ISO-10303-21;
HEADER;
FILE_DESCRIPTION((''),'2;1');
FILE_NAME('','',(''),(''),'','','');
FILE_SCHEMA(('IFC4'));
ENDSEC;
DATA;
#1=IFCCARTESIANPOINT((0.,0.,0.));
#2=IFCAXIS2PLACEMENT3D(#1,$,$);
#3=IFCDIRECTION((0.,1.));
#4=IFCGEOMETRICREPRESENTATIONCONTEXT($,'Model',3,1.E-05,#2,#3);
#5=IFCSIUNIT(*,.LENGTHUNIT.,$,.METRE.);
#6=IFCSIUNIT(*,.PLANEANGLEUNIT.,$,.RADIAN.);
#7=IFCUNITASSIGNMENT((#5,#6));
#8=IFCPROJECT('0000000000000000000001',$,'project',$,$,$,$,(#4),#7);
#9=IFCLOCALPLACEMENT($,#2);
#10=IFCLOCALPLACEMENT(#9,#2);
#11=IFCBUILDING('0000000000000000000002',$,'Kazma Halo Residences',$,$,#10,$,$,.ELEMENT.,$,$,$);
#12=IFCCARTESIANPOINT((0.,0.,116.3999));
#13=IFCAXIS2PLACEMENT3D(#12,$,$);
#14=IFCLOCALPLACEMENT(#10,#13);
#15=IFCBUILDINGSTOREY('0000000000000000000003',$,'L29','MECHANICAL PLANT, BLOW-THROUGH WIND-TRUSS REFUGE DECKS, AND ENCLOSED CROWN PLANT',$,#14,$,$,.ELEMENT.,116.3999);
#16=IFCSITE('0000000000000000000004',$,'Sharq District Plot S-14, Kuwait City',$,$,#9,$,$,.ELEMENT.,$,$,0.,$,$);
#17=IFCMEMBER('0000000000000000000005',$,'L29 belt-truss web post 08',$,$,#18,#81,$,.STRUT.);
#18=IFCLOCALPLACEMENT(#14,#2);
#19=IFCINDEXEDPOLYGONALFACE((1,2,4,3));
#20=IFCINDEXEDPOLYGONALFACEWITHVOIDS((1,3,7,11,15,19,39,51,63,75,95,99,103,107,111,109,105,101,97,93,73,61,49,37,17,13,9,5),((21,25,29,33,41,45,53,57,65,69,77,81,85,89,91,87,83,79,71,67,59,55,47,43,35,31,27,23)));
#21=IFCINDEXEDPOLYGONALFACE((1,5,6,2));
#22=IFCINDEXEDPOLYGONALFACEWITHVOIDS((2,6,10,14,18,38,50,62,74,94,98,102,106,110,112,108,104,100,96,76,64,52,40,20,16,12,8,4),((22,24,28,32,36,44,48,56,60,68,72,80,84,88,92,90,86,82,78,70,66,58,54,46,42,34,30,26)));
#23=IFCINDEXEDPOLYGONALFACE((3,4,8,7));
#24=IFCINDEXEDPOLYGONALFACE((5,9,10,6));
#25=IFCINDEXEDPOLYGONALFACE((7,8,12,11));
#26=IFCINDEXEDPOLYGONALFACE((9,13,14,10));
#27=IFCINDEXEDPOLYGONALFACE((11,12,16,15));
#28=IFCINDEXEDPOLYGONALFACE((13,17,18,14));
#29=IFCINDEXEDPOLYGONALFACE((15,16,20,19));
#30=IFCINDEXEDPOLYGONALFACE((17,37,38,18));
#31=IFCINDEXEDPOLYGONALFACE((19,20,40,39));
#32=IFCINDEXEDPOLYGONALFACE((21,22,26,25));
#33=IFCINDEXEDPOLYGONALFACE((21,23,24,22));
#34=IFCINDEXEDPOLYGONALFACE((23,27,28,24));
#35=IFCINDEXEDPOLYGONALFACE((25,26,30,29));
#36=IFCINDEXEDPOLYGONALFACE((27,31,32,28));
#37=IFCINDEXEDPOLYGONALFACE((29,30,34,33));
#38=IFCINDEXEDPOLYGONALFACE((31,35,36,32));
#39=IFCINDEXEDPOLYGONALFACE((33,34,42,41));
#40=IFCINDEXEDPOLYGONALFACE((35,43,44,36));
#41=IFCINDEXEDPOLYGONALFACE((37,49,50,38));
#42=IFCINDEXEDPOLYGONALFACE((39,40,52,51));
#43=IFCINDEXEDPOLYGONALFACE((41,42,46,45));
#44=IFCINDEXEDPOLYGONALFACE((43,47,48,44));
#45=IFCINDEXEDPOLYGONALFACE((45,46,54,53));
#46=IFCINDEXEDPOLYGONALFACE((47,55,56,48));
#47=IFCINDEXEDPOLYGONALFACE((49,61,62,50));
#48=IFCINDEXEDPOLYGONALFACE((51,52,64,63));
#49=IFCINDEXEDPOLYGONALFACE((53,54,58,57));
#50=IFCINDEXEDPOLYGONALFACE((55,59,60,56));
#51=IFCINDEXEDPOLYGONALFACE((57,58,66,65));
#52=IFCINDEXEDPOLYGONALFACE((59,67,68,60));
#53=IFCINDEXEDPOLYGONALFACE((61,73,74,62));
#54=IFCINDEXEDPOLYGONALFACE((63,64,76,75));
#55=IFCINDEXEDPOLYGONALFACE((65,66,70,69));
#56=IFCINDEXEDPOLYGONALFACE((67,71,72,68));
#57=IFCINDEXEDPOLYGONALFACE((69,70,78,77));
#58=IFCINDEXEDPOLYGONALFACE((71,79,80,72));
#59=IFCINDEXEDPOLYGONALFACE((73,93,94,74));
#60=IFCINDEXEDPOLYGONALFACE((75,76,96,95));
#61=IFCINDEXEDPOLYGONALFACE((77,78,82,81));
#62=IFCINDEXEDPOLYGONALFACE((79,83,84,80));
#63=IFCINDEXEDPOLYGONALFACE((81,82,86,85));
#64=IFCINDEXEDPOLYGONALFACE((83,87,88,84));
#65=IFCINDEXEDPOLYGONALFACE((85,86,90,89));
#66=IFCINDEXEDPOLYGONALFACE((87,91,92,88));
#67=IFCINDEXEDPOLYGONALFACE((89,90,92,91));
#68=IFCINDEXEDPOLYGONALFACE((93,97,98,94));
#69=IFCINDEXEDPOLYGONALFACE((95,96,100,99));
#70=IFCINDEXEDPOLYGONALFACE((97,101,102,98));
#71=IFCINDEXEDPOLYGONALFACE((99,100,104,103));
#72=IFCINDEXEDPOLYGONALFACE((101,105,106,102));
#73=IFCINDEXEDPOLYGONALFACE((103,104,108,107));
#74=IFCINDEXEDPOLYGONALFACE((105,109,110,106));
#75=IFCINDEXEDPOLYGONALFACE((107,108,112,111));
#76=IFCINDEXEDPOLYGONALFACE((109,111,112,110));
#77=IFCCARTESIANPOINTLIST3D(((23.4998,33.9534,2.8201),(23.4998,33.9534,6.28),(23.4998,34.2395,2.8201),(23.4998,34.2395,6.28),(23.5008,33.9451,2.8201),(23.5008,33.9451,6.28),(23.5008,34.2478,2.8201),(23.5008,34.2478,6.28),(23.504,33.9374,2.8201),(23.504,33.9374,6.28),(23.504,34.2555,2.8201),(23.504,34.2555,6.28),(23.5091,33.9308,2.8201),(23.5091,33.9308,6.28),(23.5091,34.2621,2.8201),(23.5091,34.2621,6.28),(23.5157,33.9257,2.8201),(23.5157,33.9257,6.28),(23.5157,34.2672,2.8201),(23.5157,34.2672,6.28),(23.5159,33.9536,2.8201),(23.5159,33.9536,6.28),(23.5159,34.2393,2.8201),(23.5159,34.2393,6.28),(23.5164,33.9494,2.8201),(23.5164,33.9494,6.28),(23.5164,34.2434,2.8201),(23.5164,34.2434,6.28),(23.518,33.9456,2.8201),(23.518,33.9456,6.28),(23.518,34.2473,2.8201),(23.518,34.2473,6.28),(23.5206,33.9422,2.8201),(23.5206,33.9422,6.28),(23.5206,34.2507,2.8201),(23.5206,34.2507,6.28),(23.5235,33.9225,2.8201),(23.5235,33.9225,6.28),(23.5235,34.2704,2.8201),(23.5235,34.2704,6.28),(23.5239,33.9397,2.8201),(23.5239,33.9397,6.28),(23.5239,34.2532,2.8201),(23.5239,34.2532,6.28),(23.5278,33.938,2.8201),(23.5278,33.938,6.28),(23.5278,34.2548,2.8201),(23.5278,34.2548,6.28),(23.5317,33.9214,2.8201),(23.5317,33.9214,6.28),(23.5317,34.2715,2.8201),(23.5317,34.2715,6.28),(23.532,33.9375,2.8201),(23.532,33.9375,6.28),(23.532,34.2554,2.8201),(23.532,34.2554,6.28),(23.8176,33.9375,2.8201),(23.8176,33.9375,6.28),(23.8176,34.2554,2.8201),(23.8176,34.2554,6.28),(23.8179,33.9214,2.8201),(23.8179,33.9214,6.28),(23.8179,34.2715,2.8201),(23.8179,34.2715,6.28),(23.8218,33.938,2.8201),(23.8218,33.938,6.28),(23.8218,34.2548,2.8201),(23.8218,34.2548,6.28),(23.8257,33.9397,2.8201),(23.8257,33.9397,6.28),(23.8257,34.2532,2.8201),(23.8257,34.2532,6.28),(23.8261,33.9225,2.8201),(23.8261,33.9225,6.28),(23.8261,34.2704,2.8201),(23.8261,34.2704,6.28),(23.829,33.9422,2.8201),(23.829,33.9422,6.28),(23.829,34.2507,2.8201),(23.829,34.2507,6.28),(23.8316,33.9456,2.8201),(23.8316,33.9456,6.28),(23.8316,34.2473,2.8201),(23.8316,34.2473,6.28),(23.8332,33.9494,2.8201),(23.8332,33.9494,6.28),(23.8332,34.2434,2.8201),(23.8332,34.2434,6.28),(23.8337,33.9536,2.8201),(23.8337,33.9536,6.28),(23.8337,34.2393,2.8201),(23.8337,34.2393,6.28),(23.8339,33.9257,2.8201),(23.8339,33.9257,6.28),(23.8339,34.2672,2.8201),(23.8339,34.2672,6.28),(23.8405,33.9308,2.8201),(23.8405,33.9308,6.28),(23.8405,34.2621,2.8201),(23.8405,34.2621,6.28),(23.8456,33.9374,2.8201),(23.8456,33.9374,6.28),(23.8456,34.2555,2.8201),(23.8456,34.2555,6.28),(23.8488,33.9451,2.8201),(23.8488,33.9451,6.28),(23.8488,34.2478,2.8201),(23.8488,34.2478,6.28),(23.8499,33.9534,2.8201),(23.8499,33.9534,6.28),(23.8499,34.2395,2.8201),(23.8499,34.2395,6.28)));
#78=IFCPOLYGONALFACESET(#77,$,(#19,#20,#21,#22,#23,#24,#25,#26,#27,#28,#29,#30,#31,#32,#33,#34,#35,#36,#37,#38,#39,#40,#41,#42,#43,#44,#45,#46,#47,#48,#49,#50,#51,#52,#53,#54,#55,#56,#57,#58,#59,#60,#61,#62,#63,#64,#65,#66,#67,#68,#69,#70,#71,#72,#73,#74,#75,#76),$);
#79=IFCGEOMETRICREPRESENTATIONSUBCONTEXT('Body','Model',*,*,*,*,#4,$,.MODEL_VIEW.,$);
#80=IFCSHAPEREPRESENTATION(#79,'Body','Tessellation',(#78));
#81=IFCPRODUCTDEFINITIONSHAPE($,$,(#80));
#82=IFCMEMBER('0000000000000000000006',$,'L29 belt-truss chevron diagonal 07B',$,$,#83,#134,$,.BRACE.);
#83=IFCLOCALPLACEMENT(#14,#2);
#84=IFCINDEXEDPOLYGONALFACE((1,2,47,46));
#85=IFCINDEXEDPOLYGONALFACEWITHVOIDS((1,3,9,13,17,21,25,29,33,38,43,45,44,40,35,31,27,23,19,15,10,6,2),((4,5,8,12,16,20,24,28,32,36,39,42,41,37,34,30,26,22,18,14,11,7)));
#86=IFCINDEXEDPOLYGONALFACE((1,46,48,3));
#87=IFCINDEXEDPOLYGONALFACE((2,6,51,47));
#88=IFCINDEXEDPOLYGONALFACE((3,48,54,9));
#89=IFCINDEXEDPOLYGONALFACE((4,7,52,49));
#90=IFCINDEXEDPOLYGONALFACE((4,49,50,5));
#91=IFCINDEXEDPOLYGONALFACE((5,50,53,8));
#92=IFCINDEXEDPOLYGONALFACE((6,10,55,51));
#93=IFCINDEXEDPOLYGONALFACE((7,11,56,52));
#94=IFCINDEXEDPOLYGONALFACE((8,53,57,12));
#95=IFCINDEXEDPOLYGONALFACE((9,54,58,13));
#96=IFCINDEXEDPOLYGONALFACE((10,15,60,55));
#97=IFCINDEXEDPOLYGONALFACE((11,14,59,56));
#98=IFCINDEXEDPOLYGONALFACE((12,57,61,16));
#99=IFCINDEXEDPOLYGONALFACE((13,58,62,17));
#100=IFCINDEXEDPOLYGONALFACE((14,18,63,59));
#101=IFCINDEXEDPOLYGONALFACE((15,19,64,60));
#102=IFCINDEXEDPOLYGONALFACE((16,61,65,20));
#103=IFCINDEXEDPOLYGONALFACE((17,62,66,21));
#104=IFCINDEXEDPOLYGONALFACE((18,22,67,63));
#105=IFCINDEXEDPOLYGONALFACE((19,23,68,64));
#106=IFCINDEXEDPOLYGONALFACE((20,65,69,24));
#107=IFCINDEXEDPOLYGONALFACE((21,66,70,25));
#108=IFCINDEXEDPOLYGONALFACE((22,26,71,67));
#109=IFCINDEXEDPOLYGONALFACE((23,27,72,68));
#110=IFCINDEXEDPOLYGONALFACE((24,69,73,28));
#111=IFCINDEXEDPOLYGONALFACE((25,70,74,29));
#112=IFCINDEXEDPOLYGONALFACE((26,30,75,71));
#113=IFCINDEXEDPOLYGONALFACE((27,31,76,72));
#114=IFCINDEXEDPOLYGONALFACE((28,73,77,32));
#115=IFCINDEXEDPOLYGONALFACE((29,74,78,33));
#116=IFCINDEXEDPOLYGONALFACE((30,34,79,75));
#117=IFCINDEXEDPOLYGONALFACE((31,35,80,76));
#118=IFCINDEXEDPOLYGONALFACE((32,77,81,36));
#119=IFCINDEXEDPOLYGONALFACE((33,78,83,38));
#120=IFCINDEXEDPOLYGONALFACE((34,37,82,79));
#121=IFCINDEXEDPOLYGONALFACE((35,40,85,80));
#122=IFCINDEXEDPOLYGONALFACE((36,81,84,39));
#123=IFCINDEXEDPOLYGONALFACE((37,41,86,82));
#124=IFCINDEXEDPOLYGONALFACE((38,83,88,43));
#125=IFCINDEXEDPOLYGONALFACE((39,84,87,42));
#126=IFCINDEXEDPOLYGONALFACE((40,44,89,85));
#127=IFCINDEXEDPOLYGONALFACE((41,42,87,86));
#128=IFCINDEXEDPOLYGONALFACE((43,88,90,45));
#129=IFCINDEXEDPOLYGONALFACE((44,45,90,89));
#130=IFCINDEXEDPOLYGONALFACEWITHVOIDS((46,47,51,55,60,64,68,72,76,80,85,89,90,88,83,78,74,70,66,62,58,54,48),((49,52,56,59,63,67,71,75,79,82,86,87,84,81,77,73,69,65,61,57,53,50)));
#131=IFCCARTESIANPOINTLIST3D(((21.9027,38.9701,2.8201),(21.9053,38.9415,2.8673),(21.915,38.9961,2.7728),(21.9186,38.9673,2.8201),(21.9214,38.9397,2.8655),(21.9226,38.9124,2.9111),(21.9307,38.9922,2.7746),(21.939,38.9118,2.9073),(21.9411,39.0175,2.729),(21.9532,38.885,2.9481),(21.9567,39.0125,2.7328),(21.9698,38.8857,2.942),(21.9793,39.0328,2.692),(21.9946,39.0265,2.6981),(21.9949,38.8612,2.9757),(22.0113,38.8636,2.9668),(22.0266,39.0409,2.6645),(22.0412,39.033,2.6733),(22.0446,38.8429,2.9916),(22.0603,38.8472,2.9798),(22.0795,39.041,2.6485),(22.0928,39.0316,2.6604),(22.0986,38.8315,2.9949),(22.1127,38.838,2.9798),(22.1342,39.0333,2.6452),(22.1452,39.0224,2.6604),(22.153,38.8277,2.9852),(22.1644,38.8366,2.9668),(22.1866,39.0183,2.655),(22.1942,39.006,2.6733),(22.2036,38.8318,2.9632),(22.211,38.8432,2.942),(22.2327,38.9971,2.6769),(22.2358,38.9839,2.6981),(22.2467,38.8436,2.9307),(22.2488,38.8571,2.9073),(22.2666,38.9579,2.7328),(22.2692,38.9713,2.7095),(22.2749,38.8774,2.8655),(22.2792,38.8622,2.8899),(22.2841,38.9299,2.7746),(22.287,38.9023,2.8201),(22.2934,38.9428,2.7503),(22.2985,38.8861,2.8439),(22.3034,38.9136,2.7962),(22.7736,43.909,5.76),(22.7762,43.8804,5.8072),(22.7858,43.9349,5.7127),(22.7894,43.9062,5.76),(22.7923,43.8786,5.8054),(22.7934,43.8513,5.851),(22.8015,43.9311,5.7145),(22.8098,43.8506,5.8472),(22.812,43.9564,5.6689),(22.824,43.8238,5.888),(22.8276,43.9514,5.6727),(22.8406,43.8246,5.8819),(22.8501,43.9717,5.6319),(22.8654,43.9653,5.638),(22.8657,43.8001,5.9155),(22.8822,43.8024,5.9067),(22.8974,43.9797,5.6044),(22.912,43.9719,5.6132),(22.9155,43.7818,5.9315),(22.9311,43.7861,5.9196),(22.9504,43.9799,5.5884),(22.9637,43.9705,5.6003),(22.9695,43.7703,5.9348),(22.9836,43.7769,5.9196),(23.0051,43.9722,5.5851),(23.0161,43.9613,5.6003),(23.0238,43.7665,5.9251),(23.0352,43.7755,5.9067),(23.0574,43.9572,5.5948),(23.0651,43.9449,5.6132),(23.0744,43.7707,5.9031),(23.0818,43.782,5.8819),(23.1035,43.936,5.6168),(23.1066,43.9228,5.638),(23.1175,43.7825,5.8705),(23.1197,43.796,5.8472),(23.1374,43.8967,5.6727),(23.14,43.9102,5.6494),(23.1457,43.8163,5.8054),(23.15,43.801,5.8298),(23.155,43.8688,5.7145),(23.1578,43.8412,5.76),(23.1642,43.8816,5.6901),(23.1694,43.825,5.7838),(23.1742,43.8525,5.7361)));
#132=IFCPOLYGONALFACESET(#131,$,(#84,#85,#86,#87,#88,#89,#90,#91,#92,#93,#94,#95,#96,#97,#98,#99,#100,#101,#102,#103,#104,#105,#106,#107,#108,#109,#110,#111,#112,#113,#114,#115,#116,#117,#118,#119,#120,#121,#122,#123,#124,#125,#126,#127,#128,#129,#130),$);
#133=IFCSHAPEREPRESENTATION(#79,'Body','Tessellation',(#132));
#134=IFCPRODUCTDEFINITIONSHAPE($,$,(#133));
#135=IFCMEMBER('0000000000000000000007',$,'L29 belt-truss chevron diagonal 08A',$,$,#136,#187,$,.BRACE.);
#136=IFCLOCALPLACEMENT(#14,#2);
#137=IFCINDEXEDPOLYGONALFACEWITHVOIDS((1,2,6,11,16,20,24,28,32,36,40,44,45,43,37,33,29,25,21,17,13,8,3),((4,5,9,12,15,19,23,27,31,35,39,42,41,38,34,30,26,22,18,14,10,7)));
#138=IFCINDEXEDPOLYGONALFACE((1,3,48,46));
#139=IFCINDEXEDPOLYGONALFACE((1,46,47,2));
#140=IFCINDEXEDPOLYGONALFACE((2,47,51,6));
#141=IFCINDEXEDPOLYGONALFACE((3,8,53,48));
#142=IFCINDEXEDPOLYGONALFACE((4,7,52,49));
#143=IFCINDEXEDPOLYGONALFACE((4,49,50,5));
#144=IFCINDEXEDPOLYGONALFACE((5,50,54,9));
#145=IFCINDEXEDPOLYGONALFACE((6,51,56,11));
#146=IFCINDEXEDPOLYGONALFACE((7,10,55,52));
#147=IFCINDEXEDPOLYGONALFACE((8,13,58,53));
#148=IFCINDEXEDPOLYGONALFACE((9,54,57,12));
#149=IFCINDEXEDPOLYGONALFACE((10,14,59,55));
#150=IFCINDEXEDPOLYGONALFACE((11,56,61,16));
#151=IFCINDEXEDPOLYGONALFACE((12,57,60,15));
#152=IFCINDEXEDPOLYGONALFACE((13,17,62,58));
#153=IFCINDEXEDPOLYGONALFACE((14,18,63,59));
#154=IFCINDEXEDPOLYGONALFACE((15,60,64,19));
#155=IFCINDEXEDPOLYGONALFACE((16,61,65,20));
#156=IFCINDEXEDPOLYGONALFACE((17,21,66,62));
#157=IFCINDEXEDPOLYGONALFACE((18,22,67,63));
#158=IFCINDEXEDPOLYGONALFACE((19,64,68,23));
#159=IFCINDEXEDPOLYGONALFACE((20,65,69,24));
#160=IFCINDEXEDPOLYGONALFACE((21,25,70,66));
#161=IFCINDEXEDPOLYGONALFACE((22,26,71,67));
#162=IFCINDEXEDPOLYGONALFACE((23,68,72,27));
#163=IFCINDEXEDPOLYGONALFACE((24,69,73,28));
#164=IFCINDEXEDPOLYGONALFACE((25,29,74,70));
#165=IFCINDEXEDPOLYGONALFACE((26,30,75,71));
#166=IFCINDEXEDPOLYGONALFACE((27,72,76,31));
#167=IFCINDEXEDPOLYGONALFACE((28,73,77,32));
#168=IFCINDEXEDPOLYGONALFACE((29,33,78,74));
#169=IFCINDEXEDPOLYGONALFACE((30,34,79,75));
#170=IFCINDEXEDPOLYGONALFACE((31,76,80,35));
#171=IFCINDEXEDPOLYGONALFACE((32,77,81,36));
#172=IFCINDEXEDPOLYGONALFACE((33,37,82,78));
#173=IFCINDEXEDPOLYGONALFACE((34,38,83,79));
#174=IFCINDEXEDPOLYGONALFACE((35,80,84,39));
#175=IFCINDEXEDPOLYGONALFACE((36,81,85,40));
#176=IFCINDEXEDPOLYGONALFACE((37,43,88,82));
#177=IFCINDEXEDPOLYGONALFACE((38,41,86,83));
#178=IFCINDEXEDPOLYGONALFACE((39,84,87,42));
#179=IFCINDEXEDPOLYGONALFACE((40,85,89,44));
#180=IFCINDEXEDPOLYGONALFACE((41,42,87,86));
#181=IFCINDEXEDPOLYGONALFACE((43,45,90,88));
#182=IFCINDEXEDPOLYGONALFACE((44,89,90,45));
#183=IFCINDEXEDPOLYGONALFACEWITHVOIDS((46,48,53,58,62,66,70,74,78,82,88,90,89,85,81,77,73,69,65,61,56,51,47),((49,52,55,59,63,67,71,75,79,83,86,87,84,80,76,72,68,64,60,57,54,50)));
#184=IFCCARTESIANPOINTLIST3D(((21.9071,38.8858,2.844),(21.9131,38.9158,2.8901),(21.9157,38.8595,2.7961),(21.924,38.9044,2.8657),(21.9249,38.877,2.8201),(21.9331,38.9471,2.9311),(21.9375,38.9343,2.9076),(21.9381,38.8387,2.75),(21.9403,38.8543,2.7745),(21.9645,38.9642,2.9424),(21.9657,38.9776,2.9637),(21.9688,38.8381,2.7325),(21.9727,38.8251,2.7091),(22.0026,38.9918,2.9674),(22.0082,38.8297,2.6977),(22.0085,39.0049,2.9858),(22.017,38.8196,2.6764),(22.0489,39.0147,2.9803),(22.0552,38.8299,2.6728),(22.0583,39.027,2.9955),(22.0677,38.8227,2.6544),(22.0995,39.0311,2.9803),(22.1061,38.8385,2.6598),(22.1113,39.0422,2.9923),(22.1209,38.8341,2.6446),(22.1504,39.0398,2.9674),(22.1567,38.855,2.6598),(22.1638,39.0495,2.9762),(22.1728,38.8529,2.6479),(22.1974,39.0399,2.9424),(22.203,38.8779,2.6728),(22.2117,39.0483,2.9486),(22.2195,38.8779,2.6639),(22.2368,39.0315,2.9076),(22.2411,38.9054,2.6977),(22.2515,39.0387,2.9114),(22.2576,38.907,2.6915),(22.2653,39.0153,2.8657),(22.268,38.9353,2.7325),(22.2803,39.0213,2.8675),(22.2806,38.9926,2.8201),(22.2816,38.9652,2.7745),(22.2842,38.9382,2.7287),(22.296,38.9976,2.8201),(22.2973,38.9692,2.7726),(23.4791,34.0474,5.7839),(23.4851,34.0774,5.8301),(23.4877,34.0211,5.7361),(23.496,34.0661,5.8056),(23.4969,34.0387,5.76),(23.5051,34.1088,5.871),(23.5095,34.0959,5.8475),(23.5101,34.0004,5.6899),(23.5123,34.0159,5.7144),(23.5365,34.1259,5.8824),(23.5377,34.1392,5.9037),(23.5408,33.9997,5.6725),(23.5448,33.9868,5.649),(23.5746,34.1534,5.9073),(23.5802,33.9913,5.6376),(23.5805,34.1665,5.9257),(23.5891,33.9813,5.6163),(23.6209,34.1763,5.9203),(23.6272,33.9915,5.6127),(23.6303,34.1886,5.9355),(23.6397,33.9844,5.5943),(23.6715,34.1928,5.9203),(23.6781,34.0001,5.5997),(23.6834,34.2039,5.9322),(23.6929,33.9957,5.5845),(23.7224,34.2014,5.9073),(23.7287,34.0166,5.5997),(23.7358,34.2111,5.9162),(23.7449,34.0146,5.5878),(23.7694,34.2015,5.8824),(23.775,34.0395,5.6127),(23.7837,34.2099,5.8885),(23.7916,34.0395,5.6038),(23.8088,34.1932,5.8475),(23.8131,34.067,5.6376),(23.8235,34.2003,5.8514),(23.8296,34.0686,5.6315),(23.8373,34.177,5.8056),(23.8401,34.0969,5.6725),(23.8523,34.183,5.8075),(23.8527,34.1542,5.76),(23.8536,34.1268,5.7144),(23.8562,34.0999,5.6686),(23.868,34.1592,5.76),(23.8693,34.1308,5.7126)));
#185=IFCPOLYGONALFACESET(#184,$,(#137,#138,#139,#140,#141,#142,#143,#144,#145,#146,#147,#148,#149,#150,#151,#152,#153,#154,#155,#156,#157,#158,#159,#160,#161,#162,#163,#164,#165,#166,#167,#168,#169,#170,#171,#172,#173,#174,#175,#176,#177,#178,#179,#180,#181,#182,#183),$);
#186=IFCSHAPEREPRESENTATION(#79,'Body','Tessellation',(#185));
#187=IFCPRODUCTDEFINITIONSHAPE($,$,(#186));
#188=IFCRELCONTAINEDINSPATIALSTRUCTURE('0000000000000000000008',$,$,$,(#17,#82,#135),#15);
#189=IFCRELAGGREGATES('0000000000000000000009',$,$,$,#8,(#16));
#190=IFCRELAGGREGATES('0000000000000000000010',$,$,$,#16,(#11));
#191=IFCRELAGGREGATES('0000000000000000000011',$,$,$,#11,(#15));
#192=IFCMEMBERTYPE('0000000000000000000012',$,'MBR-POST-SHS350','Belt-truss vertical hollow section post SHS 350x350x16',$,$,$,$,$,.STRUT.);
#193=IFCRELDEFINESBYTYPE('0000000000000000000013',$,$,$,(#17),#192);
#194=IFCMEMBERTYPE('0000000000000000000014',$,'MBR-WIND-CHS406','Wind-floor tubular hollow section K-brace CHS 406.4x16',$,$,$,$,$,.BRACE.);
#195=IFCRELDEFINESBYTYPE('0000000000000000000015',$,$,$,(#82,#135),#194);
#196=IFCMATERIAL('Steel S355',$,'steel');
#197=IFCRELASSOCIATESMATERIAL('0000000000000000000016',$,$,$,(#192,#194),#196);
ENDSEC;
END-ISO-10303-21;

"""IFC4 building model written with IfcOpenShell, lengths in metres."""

from ifc_helpers import new_model, si_unit, direction, frame, origin, origin_2d, place, context, subcontext, project, spatial, hollow_rectangle, hollow_circle, extrude, material, material_profile, profile_set, type_object, element, save


model = new_model("IFC4")

# Units and contexts
model_context = context("Model", 3, precision=1e-05, world=origin(), true_north=direction((0.0, 1.0)))
body_context = subcontext(model_context, "Body", "Model", "MODEL_VIEW")
ifc_project = project(units=[si_unit("LENGTHUNIT", "METRE"), si_unit("PLANEANGLEUNIT", "RADIAN")], contexts=[model_context])

# Site, building, storey
site_placement = place(None, origin())
site = spatial("IfcSite", under=ifc_project, at=site_placement, Name="Sharq District Plot S-14, Kuwait City", CompositionType="ELEMENT", RefElevation=0.0)
building_placement = place(site_placement, origin())
building = spatial("IfcBuilding", under=site, at=building_placement, Name="Kazma Halo Residences", CompositionType="ELEMENT")
storey_placement = place(building_placement, frame((0.0, 0.0, 116.3999)))
storey = spatial("IfcBuildingStorey", under=building, at=storey_placement, Name="L29", Description="MECHANICAL PLANT, BLOW-THROUGH WIND-TRUSS REFUGE DECKS, AND ENCLOSED CROWN PLANT", CompositionType="ELEMENT", Elevation=116.3999)

# Shared definitions
ifc_material_1 = material(Name="Steel S355", Category="steel")

# Members
ifc_material_profile_1 = material_profile(ifc_material_1, hollow_rectangle(XDim=0.3501, YDim=0.3501, WallThickness=0.0161, InnerFilletRadius=0.0161, OuterFilletRadius=0.032, at=origin_2d()), Name="SHS350x350x16")
ifc_profile_set_1 = profile_set([ifc_material_profile_1], Name="Steel S355")
member_type_1 = type_object("IfcMemberType", Name="MBR-POST-SHS350", Description="Belt-truss vertical hollow section post SHS 350x350x16", PredefinedType="STRUT", material=ifc_profile_set_1)
member_1_placement = place(storey_placement, frame((23.6748, 34.0964, 2.8201), z_axis=(0.0, 0.0, 1.0), x_axis=(1.0, 0.0, 0.0)))
element("IfcMember", 1, at=member_1_placement, inside=storey, type_object=member_type_1, Name="L29 belt-truss web post 08", PredefinedType="STRUT", context=body_context, shape_type="SweptSolid", body=[
    extrude(hollow_rectangle(XDim=0.3501, YDim=0.3501, WallThickness=0.0161, InnerFilletRadius=0.0161, OuterFilletRadius=0.032, at=origin_2d()), origin(), (0.0, 0.0, 1.0), 3.46),
])
ifc_material_profile_2 = material_profile(ifc_material_1, hollow_circle(Radius=0.2031, WallThickness=0.0161, at=origin_2d()), Name="CHS406.4x16")
ifc_profile_set_2 = profile_set([ifc_material_profile_2], Name="Steel S355")
member_type_2 = type_object("IfcMemberType", Name="MBR-WIND-CHS406", Description="Wind-floor tubular hollow section K-brace CHS 406.4x16", PredefinedType="BRACE", material=ifc_profile_set_2)
member_2_placement = place(storey_placement, frame((22.1028, 38.9348, 2.8201), z_axis=(0.149802, 0.849591, 0.505723), x_axis=(-0.984809, 0.173644, 0.0)))
element("IfcMember", 2, at=member_2_placement, inside=storey, type_object=member_type_2, Name="L29 belt-truss chevron diagonal 07B", PredefinedType="BRACE", context=body_context, shape_type="SweptSolid", body=[
    extrude(hollow_circle(Radius=0.2031, WallThickness=0.0161, at=origin_2d()), origin(), (0.0, 0.0, 1.0), 5.8132),
])
member_3_placement = place(storey_placement, frame((22.1028, 38.9348, 2.8201), z_axis=(0.267544, -0.823449, 0.500352), x_axis=(0.95106, 0.309006, 0.0)))
element("IfcMember", 3, at=member_3_placement, inside=storey, type_object=member_type_2, Name="L29 belt-truss chevron diagonal 08A", PredefinedType="BRACE", context=body_context, shape_type="SweptSolid", body=[
    extrude(hollow_circle(Radius=0.2031, WallThickness=0.0161, at=origin_2d()), origin(), (0.0, 0.0, 1.0), 5.8757),
])

save(model, "model.ifc")
